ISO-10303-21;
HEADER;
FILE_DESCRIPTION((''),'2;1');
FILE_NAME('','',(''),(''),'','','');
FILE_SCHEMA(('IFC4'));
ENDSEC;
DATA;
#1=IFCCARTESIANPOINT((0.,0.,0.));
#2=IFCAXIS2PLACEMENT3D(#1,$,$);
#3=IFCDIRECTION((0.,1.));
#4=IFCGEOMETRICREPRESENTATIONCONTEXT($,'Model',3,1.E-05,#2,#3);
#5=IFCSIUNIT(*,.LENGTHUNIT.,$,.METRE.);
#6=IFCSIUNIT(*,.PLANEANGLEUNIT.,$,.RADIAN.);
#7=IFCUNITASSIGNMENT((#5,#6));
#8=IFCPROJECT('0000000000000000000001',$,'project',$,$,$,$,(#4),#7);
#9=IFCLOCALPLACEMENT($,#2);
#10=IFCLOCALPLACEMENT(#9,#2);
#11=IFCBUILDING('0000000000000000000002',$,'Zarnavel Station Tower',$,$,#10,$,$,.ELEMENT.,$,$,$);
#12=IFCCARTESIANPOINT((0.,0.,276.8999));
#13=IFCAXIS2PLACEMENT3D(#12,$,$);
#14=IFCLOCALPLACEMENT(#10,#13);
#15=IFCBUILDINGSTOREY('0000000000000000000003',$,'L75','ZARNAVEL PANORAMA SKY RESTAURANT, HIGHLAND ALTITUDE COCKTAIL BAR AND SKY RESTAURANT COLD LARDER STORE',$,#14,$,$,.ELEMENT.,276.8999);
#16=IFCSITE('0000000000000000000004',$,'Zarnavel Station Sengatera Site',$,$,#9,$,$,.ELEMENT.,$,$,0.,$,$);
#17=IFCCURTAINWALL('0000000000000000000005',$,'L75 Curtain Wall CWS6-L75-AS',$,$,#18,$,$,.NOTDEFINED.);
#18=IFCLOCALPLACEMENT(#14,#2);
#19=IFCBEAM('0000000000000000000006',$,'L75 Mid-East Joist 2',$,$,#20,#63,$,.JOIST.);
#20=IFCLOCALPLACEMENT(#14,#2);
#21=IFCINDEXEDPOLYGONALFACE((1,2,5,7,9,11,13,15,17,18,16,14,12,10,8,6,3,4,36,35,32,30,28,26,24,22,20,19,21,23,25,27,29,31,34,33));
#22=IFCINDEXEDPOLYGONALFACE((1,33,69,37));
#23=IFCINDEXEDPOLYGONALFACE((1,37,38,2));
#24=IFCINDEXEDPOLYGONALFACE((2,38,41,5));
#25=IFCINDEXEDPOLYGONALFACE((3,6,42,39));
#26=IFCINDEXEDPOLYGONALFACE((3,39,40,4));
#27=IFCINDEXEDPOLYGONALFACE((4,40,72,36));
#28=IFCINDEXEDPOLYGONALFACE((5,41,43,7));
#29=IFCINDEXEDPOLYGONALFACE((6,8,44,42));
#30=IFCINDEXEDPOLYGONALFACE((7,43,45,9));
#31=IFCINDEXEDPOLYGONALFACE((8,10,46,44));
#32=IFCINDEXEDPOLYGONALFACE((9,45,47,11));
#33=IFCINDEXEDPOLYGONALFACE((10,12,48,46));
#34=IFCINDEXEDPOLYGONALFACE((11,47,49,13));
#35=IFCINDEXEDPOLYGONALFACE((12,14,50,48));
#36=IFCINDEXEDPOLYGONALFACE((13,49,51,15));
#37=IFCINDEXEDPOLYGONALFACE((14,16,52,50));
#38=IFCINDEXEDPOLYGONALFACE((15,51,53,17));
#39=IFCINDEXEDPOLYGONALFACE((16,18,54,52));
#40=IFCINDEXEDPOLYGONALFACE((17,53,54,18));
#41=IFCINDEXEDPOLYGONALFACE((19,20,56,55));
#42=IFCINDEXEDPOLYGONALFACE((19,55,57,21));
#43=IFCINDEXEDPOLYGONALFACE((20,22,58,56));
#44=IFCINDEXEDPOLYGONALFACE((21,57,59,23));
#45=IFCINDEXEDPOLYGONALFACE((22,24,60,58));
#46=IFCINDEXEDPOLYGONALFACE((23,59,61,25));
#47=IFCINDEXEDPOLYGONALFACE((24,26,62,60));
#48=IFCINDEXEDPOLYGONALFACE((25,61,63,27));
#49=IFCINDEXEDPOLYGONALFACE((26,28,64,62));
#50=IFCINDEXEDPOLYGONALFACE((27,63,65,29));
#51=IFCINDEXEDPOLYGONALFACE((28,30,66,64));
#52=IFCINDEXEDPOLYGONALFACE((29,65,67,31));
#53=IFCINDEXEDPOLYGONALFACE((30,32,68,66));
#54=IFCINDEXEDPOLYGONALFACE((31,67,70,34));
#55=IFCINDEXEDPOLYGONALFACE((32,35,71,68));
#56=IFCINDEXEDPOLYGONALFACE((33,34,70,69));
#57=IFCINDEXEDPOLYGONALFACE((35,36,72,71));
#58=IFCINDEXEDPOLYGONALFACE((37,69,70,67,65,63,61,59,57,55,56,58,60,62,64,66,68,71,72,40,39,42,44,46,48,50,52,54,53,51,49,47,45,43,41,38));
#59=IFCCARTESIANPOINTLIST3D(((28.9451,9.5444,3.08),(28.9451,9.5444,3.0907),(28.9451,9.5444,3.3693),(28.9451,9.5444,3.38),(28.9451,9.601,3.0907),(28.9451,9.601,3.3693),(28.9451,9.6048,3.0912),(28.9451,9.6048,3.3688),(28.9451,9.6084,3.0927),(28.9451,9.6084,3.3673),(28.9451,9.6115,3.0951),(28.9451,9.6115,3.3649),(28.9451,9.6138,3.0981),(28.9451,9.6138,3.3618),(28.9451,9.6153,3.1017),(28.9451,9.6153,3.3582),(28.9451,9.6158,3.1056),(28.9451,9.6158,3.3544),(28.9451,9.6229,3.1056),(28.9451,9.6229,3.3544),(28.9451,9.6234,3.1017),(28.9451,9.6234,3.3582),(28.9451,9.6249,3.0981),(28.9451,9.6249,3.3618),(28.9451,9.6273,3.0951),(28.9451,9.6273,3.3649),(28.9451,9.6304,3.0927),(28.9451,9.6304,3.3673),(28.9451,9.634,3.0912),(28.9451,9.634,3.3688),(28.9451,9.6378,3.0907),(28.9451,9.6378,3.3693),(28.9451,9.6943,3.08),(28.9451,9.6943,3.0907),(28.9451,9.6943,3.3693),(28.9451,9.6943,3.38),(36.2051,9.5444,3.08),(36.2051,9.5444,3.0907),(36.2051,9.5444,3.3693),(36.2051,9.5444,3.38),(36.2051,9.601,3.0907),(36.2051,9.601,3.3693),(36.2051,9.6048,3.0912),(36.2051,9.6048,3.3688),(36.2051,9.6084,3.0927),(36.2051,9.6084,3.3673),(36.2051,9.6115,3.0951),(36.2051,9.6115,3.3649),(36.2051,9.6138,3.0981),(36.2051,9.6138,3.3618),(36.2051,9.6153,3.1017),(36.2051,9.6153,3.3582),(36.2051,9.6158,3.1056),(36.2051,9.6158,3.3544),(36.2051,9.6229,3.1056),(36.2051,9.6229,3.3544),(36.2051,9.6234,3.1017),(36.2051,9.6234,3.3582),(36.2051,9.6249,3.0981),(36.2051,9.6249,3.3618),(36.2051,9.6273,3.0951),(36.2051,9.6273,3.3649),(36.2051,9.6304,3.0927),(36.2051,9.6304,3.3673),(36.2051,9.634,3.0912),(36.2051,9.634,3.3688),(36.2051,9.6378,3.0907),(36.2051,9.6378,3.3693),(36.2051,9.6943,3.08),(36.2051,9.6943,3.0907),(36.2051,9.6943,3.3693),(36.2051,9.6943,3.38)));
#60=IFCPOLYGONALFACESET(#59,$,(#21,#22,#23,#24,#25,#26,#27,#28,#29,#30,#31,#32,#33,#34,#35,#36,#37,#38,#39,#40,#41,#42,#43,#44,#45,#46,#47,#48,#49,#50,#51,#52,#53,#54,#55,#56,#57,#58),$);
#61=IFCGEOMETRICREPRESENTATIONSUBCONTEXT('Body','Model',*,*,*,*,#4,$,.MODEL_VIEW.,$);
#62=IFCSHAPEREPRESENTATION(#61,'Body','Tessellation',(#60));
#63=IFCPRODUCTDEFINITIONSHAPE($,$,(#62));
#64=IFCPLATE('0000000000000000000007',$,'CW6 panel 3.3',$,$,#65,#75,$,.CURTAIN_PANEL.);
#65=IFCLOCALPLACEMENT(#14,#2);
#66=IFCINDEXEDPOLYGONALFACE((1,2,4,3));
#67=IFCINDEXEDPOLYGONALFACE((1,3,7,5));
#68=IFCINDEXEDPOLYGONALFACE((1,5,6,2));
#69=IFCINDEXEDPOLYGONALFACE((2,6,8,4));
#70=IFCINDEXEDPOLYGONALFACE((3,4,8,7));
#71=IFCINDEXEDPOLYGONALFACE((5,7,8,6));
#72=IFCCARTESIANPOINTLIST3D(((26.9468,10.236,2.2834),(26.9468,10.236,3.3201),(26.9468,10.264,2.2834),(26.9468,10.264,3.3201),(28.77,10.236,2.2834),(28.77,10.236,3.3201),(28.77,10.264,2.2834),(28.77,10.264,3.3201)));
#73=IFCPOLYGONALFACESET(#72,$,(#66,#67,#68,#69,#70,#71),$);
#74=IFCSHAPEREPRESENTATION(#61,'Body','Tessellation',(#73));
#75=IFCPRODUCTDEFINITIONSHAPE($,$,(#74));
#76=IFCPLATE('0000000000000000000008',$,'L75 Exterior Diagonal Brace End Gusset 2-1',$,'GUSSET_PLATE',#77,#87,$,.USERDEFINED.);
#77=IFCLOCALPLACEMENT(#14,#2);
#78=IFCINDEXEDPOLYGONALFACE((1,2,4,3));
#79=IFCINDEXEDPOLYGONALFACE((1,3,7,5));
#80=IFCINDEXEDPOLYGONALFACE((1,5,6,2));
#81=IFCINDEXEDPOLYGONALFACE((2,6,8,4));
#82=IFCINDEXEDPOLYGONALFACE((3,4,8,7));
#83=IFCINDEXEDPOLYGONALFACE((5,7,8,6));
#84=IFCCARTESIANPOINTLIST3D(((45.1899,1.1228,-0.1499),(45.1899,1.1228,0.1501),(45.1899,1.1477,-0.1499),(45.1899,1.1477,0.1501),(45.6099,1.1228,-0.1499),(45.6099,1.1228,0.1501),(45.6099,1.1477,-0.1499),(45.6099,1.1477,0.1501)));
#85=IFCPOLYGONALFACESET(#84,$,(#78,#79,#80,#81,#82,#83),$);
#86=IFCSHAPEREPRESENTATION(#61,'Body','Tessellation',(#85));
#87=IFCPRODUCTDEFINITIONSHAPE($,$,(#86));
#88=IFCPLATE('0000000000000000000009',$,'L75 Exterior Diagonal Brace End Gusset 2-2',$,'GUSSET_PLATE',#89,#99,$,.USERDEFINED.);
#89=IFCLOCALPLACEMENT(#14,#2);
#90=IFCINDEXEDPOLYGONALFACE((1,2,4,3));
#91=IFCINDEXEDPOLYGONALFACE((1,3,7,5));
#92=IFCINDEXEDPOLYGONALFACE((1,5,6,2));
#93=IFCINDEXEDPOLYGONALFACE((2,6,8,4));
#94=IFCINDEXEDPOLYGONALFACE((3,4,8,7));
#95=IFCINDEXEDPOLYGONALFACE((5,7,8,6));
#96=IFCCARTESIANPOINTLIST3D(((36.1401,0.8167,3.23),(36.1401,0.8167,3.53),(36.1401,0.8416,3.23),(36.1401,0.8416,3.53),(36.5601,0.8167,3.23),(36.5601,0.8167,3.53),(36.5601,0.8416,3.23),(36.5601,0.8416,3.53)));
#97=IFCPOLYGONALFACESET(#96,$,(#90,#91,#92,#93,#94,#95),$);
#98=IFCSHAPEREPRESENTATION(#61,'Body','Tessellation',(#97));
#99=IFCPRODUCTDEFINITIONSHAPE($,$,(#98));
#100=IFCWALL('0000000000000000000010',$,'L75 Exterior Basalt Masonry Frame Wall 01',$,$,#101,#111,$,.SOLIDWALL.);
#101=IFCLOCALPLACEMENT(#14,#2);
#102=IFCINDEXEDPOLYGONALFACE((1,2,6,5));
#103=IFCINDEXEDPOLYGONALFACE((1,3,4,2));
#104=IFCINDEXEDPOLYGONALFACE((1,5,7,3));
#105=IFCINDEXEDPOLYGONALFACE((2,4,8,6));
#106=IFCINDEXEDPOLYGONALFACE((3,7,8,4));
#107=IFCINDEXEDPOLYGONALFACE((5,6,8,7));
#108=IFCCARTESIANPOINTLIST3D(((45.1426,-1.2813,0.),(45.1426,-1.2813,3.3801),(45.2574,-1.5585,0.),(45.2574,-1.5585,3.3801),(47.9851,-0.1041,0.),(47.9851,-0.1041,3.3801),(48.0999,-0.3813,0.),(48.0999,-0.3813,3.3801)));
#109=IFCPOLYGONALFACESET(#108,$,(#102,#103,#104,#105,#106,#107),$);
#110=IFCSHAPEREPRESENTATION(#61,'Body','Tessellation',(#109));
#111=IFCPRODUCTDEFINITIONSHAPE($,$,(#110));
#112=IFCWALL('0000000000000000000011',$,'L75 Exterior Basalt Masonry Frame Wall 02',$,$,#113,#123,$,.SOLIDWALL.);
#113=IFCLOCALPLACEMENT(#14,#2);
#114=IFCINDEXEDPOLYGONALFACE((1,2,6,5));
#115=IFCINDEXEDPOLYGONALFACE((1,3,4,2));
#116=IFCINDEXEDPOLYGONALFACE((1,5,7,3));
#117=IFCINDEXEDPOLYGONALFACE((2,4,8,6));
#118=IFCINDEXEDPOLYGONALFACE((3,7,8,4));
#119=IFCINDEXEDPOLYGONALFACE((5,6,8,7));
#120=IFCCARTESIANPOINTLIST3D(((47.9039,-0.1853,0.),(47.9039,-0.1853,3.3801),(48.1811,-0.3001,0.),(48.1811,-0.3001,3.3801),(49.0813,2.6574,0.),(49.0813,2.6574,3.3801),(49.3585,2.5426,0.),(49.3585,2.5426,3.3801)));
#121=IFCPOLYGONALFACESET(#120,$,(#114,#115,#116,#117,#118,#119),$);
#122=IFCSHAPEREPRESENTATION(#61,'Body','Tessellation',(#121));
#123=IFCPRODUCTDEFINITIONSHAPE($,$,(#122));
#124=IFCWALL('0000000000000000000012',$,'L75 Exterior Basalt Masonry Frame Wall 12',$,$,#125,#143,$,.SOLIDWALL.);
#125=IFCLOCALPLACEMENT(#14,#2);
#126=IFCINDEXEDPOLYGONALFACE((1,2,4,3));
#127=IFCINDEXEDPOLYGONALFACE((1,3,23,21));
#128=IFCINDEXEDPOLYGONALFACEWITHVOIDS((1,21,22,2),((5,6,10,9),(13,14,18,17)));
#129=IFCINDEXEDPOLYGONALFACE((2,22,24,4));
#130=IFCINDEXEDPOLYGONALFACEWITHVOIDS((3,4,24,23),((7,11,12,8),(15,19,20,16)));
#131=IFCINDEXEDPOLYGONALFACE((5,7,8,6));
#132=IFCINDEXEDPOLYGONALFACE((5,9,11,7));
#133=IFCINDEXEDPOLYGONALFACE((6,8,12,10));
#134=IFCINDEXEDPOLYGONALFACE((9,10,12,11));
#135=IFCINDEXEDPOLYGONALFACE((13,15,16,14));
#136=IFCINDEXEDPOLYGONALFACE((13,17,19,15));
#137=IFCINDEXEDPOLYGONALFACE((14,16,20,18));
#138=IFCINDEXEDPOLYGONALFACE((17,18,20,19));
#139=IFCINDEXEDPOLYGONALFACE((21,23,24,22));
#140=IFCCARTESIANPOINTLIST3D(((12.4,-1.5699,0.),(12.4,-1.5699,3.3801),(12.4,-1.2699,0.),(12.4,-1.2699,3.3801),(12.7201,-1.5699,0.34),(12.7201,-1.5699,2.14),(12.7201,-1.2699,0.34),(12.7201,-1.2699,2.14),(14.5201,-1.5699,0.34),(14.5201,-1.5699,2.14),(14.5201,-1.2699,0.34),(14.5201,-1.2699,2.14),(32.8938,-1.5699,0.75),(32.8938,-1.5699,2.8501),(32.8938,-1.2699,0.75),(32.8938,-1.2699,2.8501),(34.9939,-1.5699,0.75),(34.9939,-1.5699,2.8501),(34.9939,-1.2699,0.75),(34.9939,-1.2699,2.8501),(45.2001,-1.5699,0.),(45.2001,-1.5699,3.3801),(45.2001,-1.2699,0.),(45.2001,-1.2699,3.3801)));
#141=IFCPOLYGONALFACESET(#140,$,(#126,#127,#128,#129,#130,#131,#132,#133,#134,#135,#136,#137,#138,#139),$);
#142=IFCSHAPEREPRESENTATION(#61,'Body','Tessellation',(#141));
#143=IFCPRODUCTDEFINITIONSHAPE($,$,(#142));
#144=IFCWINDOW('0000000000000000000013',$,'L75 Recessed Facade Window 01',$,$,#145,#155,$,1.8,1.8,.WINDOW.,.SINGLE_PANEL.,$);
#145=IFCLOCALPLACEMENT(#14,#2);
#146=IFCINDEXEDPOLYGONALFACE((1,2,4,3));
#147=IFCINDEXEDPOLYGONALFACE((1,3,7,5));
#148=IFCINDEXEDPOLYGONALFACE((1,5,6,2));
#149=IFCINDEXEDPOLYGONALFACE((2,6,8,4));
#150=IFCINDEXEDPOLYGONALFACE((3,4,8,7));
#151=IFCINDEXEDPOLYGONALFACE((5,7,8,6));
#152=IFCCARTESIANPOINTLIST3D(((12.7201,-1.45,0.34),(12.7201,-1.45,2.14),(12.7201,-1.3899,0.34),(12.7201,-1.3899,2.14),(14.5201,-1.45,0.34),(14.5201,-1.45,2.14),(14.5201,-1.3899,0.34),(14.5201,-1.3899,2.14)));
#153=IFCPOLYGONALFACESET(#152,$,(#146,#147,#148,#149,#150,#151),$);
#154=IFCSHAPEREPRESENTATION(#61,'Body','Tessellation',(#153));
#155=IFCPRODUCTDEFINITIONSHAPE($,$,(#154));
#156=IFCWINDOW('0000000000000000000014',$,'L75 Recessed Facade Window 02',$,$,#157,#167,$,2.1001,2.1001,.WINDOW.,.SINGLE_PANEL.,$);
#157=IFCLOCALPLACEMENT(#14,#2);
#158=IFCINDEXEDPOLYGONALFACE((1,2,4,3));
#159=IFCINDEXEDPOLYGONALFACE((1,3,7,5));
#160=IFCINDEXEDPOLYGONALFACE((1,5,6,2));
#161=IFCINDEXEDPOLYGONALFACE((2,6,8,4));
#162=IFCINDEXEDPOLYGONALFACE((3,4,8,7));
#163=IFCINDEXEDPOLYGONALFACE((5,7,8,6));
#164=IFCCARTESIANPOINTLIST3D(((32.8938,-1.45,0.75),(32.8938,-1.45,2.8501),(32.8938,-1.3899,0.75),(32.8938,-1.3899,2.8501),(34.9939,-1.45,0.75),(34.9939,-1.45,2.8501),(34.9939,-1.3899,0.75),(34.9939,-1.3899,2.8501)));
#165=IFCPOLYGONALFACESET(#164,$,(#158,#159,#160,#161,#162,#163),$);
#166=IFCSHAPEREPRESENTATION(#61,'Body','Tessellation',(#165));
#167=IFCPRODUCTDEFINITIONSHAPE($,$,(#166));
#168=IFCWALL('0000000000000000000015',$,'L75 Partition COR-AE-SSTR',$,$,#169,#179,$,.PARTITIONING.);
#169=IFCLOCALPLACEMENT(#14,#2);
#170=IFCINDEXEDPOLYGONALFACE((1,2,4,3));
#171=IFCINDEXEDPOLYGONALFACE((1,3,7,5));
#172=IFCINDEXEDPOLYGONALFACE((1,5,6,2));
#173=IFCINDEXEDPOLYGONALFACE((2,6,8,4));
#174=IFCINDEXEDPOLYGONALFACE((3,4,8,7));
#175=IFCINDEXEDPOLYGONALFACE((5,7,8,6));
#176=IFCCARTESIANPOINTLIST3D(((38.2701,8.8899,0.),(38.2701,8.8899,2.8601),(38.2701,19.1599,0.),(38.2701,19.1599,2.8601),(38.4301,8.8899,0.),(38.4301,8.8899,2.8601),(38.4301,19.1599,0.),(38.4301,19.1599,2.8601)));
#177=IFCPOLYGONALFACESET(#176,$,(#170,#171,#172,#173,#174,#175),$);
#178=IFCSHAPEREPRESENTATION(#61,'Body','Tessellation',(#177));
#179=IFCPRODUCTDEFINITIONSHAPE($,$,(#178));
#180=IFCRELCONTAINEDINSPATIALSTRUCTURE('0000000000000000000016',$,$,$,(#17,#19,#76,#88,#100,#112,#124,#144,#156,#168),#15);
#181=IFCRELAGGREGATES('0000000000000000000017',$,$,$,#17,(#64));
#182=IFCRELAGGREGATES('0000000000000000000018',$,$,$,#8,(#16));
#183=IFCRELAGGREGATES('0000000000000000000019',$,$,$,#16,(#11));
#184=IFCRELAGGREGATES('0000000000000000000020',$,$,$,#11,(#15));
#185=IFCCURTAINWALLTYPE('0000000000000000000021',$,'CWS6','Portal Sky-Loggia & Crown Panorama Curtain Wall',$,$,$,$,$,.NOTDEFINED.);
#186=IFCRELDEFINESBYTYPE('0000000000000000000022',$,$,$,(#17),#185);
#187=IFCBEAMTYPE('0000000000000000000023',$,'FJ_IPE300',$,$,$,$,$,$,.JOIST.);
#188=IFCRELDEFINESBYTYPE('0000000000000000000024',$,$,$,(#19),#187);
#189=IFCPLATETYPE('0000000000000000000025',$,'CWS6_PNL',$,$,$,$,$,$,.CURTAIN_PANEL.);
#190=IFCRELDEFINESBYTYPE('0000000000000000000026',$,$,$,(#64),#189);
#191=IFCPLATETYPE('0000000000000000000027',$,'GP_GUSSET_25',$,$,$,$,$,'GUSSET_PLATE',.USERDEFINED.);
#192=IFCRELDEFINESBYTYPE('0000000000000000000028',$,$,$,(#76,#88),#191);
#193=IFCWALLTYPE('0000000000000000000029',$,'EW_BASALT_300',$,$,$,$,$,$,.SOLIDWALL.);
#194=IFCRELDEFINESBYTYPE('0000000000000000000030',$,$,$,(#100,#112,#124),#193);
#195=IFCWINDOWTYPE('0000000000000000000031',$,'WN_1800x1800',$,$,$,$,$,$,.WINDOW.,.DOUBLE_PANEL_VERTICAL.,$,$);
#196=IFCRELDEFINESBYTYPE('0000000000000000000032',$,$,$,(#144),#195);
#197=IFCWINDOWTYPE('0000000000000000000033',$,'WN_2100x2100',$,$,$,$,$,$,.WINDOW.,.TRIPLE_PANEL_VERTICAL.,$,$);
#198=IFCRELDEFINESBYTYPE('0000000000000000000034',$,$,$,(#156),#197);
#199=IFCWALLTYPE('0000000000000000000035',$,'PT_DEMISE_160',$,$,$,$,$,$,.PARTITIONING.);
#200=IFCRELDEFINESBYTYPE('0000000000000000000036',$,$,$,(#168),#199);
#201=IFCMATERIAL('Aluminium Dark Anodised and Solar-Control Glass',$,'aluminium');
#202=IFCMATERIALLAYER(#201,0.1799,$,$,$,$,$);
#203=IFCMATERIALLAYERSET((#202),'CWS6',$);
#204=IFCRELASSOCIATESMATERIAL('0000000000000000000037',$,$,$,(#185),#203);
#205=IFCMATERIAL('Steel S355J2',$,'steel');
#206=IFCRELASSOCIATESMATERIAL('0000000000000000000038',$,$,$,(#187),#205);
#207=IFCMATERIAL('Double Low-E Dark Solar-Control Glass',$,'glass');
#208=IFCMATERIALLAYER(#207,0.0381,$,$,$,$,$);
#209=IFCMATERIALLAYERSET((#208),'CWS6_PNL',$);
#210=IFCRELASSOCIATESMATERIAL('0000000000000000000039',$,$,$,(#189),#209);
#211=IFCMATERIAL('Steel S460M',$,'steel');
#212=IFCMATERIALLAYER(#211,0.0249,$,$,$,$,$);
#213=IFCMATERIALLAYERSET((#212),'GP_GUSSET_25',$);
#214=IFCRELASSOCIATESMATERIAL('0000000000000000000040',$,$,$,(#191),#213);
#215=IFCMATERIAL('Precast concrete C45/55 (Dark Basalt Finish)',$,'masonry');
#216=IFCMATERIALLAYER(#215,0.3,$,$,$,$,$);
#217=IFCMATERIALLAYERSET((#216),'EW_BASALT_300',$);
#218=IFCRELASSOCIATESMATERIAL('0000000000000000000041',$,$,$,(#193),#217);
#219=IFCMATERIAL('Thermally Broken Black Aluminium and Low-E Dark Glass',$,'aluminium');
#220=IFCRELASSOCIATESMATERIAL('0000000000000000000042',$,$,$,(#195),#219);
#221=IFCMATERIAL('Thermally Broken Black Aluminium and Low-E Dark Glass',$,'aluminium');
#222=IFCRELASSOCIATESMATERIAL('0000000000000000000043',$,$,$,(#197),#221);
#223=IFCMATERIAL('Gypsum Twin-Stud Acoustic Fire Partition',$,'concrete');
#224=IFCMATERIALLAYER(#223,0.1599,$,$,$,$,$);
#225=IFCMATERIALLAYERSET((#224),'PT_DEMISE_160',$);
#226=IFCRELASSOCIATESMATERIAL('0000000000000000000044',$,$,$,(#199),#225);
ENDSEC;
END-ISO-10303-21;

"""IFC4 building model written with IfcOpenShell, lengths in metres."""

from ifc_helpers import new_model, si_unit, direction, frame, frame_2d, origin, origin_2d, place, context, subcontext, project, spatial, rectangle, i_section, extrude, material, layer, layer_set, material_profile, profile_set, type_object, element, fill, aggregate, save


model = new_model("IFC4")

# Units and contexts
model_context = context("Model", 3, precision=1e-05, world=origin(), true_north=direction((0.0, 1.0)))
body_context = subcontext(model_context, "Body", "Model", "MODEL_VIEW")
ifc_project = project(units=[si_unit("LENGTHUNIT", "METRE"), si_unit("PLANEANGLEUNIT", "RADIAN")], contexts=[model_context])

# Site, building, storey
site_placement = place(None, origin())
site = spatial("IfcSite", under=ifc_project, at=site_placement, Name="Zarnavel Station Sengatera Site", CompositionType="ELEMENT", RefElevation=0.0)
building_placement = place(site_placement, origin())
building = spatial("IfcBuilding", under=site, at=building_placement, Name="Zarnavel Station Tower", CompositionType="ELEMENT")
storey_placement = place(building_placement, frame((0.0, 0.0, 276.8999)))
storey = spatial("IfcBuildingStorey", under=building, at=storey_placement, Name="L75", Description="ZARNAVEL PANORAMA SKY RESTAURANT, HIGHLAND ALTITUDE COCKTAIL BAR AND SKY RESTAURANT COLD LARDER STORE", CompositionType="ELEMENT", Elevation=276.8999)

# Curtain wall
ifc_material_1 = material(Name="Aluminium Dark Anodised and Solar-Control Glass", Category="aluminium")
ifc_layer_1 = layer(ifc_material_1, 0.1799)
ifc_layer_set_1 = layer_set([ifc_layer_1], Name="CWS6")
curtain_wall_type = type_object("IfcCurtainWallType", Name="CWS6", Description="Portal Sky-Loggia & Crown Panorama Curtain Wall", PredefinedType="NOTDEFINED", material=ifc_layer_set_1)
curtain_wall_placement = place(storey_placement, origin())
curtain_wall = element("IfcCurtainWall", 1, at=curtain_wall_placement, inside=storey, type_object=curtain_wall_type, Name="L75 Curtain Wall CWS6-L75-AS", PredefinedType="NOTDEFINED")

# Beam
ifc_material_2 = material(Name="Steel S355J2", Category="steel")
ifc_material_profile_1 = material_profile(ifc_material_2, i_section(OverallWidth=0.1499, OverallDepth=0.3, WebThickness=0.0071, FlangeThickness=0.0107, FilletRadius=0.0149, at=origin_2d()), Name="IPE300")
ifc_profile_set_1 = profile_set([ifc_material_profile_1], Name="Steel S355J2")
beam_type_1 = type_object("IfcBeamType", Name="FJ_IPE300", PredefinedType="JOIST", material=ifc_profile_set_1)
for number, where, z_axis, x_axis, name in (
    (2, (28.9451, 9.6194, 3.23), (1.0, 0.0, 0.0), (0.0, 1.0, 0.0), "L75 Mid-East Joist 2"),
):
    element("IfcBeam", number, at=place(storey_placement, frame(where, z_axis=z_axis, x_axis=x_axis)), inside=storey, type_object=beam_type_1, Name=name, PredefinedType="JOIST", context=body_context, shape_type="SweptSolid", body=[
        extrude(i_section(OverallWidth=0.1499, OverallDepth=0.3, WebThickness=0.0071, FlangeThickness=0.0107, FilletRadius=0.0149, at=origin_2d()), origin(), (0.0, 0.0, 1.0), 7.26),
    ])

# Plate
ifc_material_3 = material(Name="Double Low-E Dark Solar-Control Glass", Category="glass")
ifc_layer_2 = layer(ifc_material_3, 0.0381)
ifc_layer_set_2 = layer_set([ifc_layer_2], Name="CWS6_PNL")
plate_type_1 = type_object("IfcPlateType", Name="CWS6_PNL", PredefinedType="CURTAIN_PANEL", material=ifc_layer_set_2)
plate_placement = place(storey_placement, frame((27.8584, 10.25, 2.2834), z_axis=(0.0, 0.0, 1.0), x_axis=(1.0, 0.0, 0.0)))
plate = element("IfcPlate", 3, at=plate_placement, type_object=plate_type_1, Name="CW6 panel 3.3", PredefinedType="CURTAIN_PANEL", context=body_context, shape_type="SweptSolid", body=[
    extrude(rectangle(XDim=1.8232, YDim=0.0281, at=origin_2d()), origin(), (0.0, 0.0, 1.0), 1.0366),
])
aggregate(curtain_wall, [plate])

# Plates
ifc_material_4 = material(Name="Steel S460M", Category="steel")
ifc_layer_3 = layer(ifc_material_4, 0.0249)
ifc_layer_set_3 = layer_set([ifc_layer_3], Name="GP_GUSSET_25")
plate_type_2 = type_object("IfcPlateType", Name="GP_GUSSET_25", ElementType="GUSSET_PLATE", PredefinedType="USERDEFINED", material=ifc_layer_set_3)
for number, where, z_axis, x_axis, name in (
    (4, (45.3999, 1.1353, -0.1499), (0.0, 0.0, 1.0), (1.0, 0.0, 0.0), "L75 Exterior Diagonal Brace End Gusset 2-1"),
    (5, (36.3501, 0.8291, 3.23), (0.0, 0.0, 1.0), (1.0, 0.0, 0.0), "L75 Exterior Diagonal Brace End Gusset 2-2"),
):
    element("IfcPlate", number, at=place(storey_placement, frame(where, z_axis=z_axis, x_axis=x_axis)), inside=storey, type_object=plate_type_2, Name=name, ObjectType="GUSSET_PLATE", PredefinedType="USERDEFINED", context=body_context, shape_type="SweptSolid", body=[
        extrude(rectangle(XDim=0.4199, YDim=0.0249, at=origin_2d()), origin(), (0.0, 0.0, 1.0), 0.3),
    ])

# Walls
ifc_material_5 = material(Name="Precast concrete C45/55 (Dark Basalt Finish)", Category="masonry")
ifc_layer_4 = layer(ifc_material_5, 0.3)
ifc_layer_set_4 = layer_set([ifc_layer_4], Name="EW_BASALT_300")
wall_type_1 = type_object("IfcWallType", Name="EW_BASALT_300", PredefinedType="SOLIDWALL", material=ifc_layer_set_4)
wall_1_placement = place(storey_placement, frame((48.0425, -0.2427, 0.0), z_axis=(0.0, 0.0, 1.0), x_axis=(-0.923899, -0.382637, 0.0)))
element("IfcWall", 6, at=wall_1_placement, inside=storey, type_object=wall_type_1, Name="L75 Exterior Basalt Masonry Frame Wall 01", PredefinedType="SOLIDWALL", context=body_context, shape_type="SweptSolid", body=[
    extrude(rectangle(XDim=3.0767, YDim=0.3, at=frame_2d((1.5383, 0.0))), origin(), (0.0, 0.0, 1.0), 3.3801),
])
wall_2_placement = place(storey_placement, frame((49.22, 2.6001, 0.0), z_axis=(0.0, 0.0, 1.0), x_axis=(-0.382676, -0.923882, 0.0)))
element("IfcWall", 7, at=wall_2_placement, inside=storey, type_object=wall_type_1, Name="L75 Exterior Basalt Masonry Frame Wall 02", PredefinedType="SOLIDWALL", context=body_context, shape_type="SweptSolid", body=[
    extrude(rectangle(XDim=3.0769, YDim=0.3, at=frame_2d((1.5386, 0.0))), origin(), (0.0, 0.0, 1.0), 3.3801),
])

# Wall, openings, windows
wall_3_placement = place(storey_placement, frame((45.2, -1.4199, 0.0), z_axis=(0.0, 0.0, 1.0), x_axis=(-1.0, 0.0, 0.0)))
wall_3 = element("IfcWall", 8, at=wall_3_placement, inside=storey, type_object=wall_type_1, Name="L75 Exterior Basalt Masonry Frame Wall 12", PredefinedType="SOLIDWALL", context=body_context, shape_type="SweptSolid", body=[
    extrude(rectangle(XDim=32.8, YDim=0.3, at=frame_2d((16.3999, 0.0))), origin(), (0.0, 0.0, 1.0), 3.3801),
])
opening_1_placement = place(wall_3_placement, frame((30.6799, 0.0, 0.3401)))
opening_1 = element("IfcOpeningElement", 9, at=opening_1_placement, cuts=wall_3, PredefinedType="OPENING", context=body_context, shape_type="SweptSolid", body=[
    extrude(rectangle(XDim=1.8, YDim=1.8, at=frame_2d((0.8999, 0.8999))), frame((0.0, 0.1599, 0.0), z_axis=(0.0, -1.0, 0.0), x_axis=(1.0, 0.0, 0.0)), (0.0, 0.0, 1.0), 0.3201),
])
opening_2_placement = place(wall_3_placement, frame((10.2061, 0.0, 0.75)))
opening_2 = element("IfcOpeningElement", 10, at=opening_2_placement, cuts=wall_3, PredefinedType="OPENING", context=body_context, shape_type="SweptSolid", body=[
    extrude(rectangle(XDim=2.1001, YDim=2.1001, at=frame_2d((1.05, 1.05))), frame((0.0, 0.1599, 0.0), z_axis=(0.0, -1.0, 0.0), x_axis=(1.0, 0.0, 0.0)), (0.0, 0.0, 1.0), 0.3201),
])
ifc_material_6 = material(Name="Thermally Broken Black Aluminium and Low-E Dark Glass", Category="aluminium")
window_type_1 = type_object("IfcWindowType", Name="WN_1800x1800", PartitioningType="DOUBLE_PANEL_VERTICAL", PredefinedType="WINDOW", material=ifc_material_6)
window_1_placement = place(opening_1_placement, origin())
window_1 = element("IfcWindow", 11, at=window_1_placement, inside=storey, type_object=window_type_1, Name="L75 Recessed Facade Window 01", OverallHeight=1.8, OverallWidth=1.8, PartitioningType="SINGLE_PANEL", PredefinedType="WINDOW", context=body_context, shape_type="SweptSolid", body=[
    extrude(rectangle(XDim=1.8, YDim=1.8, at=frame_2d((0.8999, 0.8999))), frame((0.0, 0.03, 0.0), z_axis=(0.0, -1.0, 0.0), x_axis=(1.0, 0.0, 0.0)), (0.0, 0.0, 1.0), 0.0601),
])
fill(opening_1, window_1)
ifc_material_7 = material(Name="Thermally Broken Black Aluminium and Low-E Dark Glass", Category="aluminium")
window_type_2 = type_object("IfcWindowType", Name="WN_2100x2100", PartitioningType="TRIPLE_PANEL_VERTICAL", PredefinedType="WINDOW", material=ifc_material_7)
window_2_placement = place(opening_2_placement, origin())
window_2 = element("IfcWindow", 12, at=window_2_placement, inside=storey, type_object=window_type_2, Name="L75 Recessed Facade Window 02", OverallHeight=2.1001, OverallWidth=2.1001, PartitioningType="SINGLE_PANEL", PredefinedType="WINDOW", context=body_context, shape_type="SweptSolid", body=[
    extrude(rectangle(XDim=2.1001, YDim=2.1001, at=frame_2d((1.05, 1.05))), frame((0.0, 0.03, 0.0), z_axis=(0.0, -1.0, 0.0), x_axis=(1.0, 0.0, 0.0)), (0.0, 0.0, 1.0), 0.0601),
])
fill(opening_2, window_2)

# Wall
ifc_material_8 = material(Name="Gypsum Twin-Stud Acoustic Fire Partition", Category="concrete")
ifc_layer_5 = layer(ifc_material_8, 0.1599)
ifc_layer_set_5 = layer_set([ifc_layer_5], Name="PT_DEMISE_160")
wall_type_2 = type_object("IfcWallType", Name="PT_DEMISE_160", PredefinedType="PARTITIONING", material=ifc_layer_set_5)
wall_4_placement = place(storey_placement, frame((38.3501, 8.8899, 0.0), z_axis=(0.0, 0.0, 1.0), x_axis=(0.0, 1.0, 0.0)))
element("IfcWall", 13, at=wall_4_placement, inside=storey, type_object=wall_type_2, Name="L75 Partition COR-AE-SSTR", PredefinedType="PARTITIONING", context=body_context, shape_type="SweptSolid", body=[
    extrude(rectangle(XDim=10.27, YDim=0.1599, at=frame_2d((5.135, 0.0))), origin(), (0.0, 0.0, 1.0), 2.8601),
])

save(model, "model.ifc")
